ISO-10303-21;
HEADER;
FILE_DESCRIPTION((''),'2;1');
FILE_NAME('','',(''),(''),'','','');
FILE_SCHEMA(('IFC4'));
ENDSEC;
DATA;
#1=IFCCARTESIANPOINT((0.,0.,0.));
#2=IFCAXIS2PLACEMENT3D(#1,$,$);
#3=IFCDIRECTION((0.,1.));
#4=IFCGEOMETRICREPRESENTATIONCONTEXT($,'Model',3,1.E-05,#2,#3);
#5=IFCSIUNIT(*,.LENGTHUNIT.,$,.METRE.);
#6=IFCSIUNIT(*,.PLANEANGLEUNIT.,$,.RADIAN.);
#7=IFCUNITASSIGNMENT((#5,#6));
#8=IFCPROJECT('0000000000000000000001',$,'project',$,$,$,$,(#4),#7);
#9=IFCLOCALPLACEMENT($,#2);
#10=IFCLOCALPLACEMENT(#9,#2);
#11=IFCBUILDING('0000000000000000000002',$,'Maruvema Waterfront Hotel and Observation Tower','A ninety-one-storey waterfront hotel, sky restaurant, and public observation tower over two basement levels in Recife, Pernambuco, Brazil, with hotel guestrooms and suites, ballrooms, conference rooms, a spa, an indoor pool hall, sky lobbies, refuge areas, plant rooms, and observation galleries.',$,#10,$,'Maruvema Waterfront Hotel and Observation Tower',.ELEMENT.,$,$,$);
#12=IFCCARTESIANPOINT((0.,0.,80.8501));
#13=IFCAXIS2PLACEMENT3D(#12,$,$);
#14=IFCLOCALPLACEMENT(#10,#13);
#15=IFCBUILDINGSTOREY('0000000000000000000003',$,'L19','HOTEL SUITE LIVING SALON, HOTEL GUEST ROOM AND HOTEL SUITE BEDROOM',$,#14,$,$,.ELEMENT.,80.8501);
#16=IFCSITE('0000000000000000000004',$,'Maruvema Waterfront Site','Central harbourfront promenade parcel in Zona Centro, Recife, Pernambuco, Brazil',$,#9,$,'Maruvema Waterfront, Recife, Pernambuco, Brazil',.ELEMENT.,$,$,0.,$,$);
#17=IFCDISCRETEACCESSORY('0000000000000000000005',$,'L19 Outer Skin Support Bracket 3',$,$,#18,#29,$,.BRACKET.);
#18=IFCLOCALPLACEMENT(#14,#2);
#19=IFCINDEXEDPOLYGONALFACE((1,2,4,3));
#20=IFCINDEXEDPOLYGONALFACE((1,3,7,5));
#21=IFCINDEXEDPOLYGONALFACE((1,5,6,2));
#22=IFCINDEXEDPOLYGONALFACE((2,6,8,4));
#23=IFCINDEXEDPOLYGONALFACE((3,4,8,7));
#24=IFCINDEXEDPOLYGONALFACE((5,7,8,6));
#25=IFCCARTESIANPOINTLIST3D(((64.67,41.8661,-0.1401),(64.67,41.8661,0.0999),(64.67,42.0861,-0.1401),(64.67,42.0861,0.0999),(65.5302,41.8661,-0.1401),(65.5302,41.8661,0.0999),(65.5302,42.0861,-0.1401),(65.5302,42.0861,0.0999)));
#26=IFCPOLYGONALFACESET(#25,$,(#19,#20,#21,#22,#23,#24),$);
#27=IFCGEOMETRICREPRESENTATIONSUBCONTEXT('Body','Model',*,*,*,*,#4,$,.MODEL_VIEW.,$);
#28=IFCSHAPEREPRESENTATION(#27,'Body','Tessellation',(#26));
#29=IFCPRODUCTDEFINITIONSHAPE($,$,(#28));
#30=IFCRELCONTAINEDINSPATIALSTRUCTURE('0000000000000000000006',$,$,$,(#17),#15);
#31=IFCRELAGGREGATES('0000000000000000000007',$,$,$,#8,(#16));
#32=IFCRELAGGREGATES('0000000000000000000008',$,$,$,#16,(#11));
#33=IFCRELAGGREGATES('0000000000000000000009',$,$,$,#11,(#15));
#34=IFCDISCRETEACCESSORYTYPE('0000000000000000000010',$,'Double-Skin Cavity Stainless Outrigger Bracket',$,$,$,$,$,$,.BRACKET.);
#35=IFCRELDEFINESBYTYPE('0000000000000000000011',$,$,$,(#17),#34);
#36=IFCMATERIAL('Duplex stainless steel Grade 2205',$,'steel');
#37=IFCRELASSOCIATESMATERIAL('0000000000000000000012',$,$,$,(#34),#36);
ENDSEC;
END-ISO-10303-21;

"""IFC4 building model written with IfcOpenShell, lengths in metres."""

from ifc_helpers import new_model, si_unit, direction, frame, origin, origin_2d, place, context, subcontext, project, spatial, rectangle, extrude, material, type_object, element, save


model = new_model("IFC4")

# Units and contexts
model_context = context("Model", 3, precision=1e-05, world=origin(), true_north=direction((0.0, 1.0)))
body_context = subcontext(model_context, "Body", "Model", "MODEL_VIEW")
ifc_project = project(units=[si_unit("LENGTHUNIT", "METRE"), si_unit("PLANEANGLEUNIT", "RADIAN")], contexts=[model_context])

# Site, building, storey
site_placement = place(None, origin())
site = spatial("IfcSite", under=ifc_project, at=site_placement, Name="Maruvema Waterfront Site", Description="Central harbourfront promenade parcel in Zona Centro, Recife, Pernambuco, Brazil", LongName="Maruvema Waterfront, Recife, Pernambuco, Brazil", CompositionType="ELEMENT", RefElevation=0.0)
building_placement = place(site_placement, origin())
building = spatial("IfcBuilding", under=site, at=building_placement, Name="Maruvema Waterfront Hotel and Observation Tower", Description="A ninety-one-storey waterfront hotel, sky restaurant, and public observation tower over two basement levels in Recife, Pernambuco, Brazil, with hotel guestrooms and suites, ballrooms, conference rooms, a spa, an indoor pool hall, sky lobbies, refuge areas, plant rooms, and observation galleries.", LongName="Maruvema Waterfront Hotel and Observation Tower", CompositionType="ELEMENT")
storey_placement = place(building_placement, frame((0.0, 0.0, 80.8501)))
storey = spatial("IfcBuildingStorey", under=building, at=storey_placement, Name="L19", Description="HOTEL SUITE LIVING SALON, HOTEL GUEST ROOM AND HOTEL SUITE BEDROOM", CompositionType="ELEMENT", Elevation=80.8501)

# Discrete accessory
ifc_material_1 = material(Name="Duplex stainless steel Grade 2205", Category="steel")
discrete_accessory_type = type_object("IfcDiscreteAccessoryType", Name="Double-Skin Cavity Stainless Outrigger Bracket", PredefinedType="BRACKET", material=ifc_material_1)
discrete_accessory_placement = place(storey_placement, frame((65.1001, 41.9761, -0.1401), z_axis=(0.0, 0.0, 1.0), x_axis=(0.0, 1.0, 0.0)))
element("IfcDiscreteAccessory", 1, at=discrete_accessory_placement, inside=storey, type_object=discrete_accessory_type, Name="L19 Outer Skin Support Bracket 3", PredefinedType="BRACKET", context=body_context, shape_type="SweptSolid", body=[
    extrude(rectangle(XDim=0.22, YDim=0.8601, at=origin_2d()), origin(), (0.0, 0.0, 1.0), 0.24),
])

save(model, "model.ifc")
